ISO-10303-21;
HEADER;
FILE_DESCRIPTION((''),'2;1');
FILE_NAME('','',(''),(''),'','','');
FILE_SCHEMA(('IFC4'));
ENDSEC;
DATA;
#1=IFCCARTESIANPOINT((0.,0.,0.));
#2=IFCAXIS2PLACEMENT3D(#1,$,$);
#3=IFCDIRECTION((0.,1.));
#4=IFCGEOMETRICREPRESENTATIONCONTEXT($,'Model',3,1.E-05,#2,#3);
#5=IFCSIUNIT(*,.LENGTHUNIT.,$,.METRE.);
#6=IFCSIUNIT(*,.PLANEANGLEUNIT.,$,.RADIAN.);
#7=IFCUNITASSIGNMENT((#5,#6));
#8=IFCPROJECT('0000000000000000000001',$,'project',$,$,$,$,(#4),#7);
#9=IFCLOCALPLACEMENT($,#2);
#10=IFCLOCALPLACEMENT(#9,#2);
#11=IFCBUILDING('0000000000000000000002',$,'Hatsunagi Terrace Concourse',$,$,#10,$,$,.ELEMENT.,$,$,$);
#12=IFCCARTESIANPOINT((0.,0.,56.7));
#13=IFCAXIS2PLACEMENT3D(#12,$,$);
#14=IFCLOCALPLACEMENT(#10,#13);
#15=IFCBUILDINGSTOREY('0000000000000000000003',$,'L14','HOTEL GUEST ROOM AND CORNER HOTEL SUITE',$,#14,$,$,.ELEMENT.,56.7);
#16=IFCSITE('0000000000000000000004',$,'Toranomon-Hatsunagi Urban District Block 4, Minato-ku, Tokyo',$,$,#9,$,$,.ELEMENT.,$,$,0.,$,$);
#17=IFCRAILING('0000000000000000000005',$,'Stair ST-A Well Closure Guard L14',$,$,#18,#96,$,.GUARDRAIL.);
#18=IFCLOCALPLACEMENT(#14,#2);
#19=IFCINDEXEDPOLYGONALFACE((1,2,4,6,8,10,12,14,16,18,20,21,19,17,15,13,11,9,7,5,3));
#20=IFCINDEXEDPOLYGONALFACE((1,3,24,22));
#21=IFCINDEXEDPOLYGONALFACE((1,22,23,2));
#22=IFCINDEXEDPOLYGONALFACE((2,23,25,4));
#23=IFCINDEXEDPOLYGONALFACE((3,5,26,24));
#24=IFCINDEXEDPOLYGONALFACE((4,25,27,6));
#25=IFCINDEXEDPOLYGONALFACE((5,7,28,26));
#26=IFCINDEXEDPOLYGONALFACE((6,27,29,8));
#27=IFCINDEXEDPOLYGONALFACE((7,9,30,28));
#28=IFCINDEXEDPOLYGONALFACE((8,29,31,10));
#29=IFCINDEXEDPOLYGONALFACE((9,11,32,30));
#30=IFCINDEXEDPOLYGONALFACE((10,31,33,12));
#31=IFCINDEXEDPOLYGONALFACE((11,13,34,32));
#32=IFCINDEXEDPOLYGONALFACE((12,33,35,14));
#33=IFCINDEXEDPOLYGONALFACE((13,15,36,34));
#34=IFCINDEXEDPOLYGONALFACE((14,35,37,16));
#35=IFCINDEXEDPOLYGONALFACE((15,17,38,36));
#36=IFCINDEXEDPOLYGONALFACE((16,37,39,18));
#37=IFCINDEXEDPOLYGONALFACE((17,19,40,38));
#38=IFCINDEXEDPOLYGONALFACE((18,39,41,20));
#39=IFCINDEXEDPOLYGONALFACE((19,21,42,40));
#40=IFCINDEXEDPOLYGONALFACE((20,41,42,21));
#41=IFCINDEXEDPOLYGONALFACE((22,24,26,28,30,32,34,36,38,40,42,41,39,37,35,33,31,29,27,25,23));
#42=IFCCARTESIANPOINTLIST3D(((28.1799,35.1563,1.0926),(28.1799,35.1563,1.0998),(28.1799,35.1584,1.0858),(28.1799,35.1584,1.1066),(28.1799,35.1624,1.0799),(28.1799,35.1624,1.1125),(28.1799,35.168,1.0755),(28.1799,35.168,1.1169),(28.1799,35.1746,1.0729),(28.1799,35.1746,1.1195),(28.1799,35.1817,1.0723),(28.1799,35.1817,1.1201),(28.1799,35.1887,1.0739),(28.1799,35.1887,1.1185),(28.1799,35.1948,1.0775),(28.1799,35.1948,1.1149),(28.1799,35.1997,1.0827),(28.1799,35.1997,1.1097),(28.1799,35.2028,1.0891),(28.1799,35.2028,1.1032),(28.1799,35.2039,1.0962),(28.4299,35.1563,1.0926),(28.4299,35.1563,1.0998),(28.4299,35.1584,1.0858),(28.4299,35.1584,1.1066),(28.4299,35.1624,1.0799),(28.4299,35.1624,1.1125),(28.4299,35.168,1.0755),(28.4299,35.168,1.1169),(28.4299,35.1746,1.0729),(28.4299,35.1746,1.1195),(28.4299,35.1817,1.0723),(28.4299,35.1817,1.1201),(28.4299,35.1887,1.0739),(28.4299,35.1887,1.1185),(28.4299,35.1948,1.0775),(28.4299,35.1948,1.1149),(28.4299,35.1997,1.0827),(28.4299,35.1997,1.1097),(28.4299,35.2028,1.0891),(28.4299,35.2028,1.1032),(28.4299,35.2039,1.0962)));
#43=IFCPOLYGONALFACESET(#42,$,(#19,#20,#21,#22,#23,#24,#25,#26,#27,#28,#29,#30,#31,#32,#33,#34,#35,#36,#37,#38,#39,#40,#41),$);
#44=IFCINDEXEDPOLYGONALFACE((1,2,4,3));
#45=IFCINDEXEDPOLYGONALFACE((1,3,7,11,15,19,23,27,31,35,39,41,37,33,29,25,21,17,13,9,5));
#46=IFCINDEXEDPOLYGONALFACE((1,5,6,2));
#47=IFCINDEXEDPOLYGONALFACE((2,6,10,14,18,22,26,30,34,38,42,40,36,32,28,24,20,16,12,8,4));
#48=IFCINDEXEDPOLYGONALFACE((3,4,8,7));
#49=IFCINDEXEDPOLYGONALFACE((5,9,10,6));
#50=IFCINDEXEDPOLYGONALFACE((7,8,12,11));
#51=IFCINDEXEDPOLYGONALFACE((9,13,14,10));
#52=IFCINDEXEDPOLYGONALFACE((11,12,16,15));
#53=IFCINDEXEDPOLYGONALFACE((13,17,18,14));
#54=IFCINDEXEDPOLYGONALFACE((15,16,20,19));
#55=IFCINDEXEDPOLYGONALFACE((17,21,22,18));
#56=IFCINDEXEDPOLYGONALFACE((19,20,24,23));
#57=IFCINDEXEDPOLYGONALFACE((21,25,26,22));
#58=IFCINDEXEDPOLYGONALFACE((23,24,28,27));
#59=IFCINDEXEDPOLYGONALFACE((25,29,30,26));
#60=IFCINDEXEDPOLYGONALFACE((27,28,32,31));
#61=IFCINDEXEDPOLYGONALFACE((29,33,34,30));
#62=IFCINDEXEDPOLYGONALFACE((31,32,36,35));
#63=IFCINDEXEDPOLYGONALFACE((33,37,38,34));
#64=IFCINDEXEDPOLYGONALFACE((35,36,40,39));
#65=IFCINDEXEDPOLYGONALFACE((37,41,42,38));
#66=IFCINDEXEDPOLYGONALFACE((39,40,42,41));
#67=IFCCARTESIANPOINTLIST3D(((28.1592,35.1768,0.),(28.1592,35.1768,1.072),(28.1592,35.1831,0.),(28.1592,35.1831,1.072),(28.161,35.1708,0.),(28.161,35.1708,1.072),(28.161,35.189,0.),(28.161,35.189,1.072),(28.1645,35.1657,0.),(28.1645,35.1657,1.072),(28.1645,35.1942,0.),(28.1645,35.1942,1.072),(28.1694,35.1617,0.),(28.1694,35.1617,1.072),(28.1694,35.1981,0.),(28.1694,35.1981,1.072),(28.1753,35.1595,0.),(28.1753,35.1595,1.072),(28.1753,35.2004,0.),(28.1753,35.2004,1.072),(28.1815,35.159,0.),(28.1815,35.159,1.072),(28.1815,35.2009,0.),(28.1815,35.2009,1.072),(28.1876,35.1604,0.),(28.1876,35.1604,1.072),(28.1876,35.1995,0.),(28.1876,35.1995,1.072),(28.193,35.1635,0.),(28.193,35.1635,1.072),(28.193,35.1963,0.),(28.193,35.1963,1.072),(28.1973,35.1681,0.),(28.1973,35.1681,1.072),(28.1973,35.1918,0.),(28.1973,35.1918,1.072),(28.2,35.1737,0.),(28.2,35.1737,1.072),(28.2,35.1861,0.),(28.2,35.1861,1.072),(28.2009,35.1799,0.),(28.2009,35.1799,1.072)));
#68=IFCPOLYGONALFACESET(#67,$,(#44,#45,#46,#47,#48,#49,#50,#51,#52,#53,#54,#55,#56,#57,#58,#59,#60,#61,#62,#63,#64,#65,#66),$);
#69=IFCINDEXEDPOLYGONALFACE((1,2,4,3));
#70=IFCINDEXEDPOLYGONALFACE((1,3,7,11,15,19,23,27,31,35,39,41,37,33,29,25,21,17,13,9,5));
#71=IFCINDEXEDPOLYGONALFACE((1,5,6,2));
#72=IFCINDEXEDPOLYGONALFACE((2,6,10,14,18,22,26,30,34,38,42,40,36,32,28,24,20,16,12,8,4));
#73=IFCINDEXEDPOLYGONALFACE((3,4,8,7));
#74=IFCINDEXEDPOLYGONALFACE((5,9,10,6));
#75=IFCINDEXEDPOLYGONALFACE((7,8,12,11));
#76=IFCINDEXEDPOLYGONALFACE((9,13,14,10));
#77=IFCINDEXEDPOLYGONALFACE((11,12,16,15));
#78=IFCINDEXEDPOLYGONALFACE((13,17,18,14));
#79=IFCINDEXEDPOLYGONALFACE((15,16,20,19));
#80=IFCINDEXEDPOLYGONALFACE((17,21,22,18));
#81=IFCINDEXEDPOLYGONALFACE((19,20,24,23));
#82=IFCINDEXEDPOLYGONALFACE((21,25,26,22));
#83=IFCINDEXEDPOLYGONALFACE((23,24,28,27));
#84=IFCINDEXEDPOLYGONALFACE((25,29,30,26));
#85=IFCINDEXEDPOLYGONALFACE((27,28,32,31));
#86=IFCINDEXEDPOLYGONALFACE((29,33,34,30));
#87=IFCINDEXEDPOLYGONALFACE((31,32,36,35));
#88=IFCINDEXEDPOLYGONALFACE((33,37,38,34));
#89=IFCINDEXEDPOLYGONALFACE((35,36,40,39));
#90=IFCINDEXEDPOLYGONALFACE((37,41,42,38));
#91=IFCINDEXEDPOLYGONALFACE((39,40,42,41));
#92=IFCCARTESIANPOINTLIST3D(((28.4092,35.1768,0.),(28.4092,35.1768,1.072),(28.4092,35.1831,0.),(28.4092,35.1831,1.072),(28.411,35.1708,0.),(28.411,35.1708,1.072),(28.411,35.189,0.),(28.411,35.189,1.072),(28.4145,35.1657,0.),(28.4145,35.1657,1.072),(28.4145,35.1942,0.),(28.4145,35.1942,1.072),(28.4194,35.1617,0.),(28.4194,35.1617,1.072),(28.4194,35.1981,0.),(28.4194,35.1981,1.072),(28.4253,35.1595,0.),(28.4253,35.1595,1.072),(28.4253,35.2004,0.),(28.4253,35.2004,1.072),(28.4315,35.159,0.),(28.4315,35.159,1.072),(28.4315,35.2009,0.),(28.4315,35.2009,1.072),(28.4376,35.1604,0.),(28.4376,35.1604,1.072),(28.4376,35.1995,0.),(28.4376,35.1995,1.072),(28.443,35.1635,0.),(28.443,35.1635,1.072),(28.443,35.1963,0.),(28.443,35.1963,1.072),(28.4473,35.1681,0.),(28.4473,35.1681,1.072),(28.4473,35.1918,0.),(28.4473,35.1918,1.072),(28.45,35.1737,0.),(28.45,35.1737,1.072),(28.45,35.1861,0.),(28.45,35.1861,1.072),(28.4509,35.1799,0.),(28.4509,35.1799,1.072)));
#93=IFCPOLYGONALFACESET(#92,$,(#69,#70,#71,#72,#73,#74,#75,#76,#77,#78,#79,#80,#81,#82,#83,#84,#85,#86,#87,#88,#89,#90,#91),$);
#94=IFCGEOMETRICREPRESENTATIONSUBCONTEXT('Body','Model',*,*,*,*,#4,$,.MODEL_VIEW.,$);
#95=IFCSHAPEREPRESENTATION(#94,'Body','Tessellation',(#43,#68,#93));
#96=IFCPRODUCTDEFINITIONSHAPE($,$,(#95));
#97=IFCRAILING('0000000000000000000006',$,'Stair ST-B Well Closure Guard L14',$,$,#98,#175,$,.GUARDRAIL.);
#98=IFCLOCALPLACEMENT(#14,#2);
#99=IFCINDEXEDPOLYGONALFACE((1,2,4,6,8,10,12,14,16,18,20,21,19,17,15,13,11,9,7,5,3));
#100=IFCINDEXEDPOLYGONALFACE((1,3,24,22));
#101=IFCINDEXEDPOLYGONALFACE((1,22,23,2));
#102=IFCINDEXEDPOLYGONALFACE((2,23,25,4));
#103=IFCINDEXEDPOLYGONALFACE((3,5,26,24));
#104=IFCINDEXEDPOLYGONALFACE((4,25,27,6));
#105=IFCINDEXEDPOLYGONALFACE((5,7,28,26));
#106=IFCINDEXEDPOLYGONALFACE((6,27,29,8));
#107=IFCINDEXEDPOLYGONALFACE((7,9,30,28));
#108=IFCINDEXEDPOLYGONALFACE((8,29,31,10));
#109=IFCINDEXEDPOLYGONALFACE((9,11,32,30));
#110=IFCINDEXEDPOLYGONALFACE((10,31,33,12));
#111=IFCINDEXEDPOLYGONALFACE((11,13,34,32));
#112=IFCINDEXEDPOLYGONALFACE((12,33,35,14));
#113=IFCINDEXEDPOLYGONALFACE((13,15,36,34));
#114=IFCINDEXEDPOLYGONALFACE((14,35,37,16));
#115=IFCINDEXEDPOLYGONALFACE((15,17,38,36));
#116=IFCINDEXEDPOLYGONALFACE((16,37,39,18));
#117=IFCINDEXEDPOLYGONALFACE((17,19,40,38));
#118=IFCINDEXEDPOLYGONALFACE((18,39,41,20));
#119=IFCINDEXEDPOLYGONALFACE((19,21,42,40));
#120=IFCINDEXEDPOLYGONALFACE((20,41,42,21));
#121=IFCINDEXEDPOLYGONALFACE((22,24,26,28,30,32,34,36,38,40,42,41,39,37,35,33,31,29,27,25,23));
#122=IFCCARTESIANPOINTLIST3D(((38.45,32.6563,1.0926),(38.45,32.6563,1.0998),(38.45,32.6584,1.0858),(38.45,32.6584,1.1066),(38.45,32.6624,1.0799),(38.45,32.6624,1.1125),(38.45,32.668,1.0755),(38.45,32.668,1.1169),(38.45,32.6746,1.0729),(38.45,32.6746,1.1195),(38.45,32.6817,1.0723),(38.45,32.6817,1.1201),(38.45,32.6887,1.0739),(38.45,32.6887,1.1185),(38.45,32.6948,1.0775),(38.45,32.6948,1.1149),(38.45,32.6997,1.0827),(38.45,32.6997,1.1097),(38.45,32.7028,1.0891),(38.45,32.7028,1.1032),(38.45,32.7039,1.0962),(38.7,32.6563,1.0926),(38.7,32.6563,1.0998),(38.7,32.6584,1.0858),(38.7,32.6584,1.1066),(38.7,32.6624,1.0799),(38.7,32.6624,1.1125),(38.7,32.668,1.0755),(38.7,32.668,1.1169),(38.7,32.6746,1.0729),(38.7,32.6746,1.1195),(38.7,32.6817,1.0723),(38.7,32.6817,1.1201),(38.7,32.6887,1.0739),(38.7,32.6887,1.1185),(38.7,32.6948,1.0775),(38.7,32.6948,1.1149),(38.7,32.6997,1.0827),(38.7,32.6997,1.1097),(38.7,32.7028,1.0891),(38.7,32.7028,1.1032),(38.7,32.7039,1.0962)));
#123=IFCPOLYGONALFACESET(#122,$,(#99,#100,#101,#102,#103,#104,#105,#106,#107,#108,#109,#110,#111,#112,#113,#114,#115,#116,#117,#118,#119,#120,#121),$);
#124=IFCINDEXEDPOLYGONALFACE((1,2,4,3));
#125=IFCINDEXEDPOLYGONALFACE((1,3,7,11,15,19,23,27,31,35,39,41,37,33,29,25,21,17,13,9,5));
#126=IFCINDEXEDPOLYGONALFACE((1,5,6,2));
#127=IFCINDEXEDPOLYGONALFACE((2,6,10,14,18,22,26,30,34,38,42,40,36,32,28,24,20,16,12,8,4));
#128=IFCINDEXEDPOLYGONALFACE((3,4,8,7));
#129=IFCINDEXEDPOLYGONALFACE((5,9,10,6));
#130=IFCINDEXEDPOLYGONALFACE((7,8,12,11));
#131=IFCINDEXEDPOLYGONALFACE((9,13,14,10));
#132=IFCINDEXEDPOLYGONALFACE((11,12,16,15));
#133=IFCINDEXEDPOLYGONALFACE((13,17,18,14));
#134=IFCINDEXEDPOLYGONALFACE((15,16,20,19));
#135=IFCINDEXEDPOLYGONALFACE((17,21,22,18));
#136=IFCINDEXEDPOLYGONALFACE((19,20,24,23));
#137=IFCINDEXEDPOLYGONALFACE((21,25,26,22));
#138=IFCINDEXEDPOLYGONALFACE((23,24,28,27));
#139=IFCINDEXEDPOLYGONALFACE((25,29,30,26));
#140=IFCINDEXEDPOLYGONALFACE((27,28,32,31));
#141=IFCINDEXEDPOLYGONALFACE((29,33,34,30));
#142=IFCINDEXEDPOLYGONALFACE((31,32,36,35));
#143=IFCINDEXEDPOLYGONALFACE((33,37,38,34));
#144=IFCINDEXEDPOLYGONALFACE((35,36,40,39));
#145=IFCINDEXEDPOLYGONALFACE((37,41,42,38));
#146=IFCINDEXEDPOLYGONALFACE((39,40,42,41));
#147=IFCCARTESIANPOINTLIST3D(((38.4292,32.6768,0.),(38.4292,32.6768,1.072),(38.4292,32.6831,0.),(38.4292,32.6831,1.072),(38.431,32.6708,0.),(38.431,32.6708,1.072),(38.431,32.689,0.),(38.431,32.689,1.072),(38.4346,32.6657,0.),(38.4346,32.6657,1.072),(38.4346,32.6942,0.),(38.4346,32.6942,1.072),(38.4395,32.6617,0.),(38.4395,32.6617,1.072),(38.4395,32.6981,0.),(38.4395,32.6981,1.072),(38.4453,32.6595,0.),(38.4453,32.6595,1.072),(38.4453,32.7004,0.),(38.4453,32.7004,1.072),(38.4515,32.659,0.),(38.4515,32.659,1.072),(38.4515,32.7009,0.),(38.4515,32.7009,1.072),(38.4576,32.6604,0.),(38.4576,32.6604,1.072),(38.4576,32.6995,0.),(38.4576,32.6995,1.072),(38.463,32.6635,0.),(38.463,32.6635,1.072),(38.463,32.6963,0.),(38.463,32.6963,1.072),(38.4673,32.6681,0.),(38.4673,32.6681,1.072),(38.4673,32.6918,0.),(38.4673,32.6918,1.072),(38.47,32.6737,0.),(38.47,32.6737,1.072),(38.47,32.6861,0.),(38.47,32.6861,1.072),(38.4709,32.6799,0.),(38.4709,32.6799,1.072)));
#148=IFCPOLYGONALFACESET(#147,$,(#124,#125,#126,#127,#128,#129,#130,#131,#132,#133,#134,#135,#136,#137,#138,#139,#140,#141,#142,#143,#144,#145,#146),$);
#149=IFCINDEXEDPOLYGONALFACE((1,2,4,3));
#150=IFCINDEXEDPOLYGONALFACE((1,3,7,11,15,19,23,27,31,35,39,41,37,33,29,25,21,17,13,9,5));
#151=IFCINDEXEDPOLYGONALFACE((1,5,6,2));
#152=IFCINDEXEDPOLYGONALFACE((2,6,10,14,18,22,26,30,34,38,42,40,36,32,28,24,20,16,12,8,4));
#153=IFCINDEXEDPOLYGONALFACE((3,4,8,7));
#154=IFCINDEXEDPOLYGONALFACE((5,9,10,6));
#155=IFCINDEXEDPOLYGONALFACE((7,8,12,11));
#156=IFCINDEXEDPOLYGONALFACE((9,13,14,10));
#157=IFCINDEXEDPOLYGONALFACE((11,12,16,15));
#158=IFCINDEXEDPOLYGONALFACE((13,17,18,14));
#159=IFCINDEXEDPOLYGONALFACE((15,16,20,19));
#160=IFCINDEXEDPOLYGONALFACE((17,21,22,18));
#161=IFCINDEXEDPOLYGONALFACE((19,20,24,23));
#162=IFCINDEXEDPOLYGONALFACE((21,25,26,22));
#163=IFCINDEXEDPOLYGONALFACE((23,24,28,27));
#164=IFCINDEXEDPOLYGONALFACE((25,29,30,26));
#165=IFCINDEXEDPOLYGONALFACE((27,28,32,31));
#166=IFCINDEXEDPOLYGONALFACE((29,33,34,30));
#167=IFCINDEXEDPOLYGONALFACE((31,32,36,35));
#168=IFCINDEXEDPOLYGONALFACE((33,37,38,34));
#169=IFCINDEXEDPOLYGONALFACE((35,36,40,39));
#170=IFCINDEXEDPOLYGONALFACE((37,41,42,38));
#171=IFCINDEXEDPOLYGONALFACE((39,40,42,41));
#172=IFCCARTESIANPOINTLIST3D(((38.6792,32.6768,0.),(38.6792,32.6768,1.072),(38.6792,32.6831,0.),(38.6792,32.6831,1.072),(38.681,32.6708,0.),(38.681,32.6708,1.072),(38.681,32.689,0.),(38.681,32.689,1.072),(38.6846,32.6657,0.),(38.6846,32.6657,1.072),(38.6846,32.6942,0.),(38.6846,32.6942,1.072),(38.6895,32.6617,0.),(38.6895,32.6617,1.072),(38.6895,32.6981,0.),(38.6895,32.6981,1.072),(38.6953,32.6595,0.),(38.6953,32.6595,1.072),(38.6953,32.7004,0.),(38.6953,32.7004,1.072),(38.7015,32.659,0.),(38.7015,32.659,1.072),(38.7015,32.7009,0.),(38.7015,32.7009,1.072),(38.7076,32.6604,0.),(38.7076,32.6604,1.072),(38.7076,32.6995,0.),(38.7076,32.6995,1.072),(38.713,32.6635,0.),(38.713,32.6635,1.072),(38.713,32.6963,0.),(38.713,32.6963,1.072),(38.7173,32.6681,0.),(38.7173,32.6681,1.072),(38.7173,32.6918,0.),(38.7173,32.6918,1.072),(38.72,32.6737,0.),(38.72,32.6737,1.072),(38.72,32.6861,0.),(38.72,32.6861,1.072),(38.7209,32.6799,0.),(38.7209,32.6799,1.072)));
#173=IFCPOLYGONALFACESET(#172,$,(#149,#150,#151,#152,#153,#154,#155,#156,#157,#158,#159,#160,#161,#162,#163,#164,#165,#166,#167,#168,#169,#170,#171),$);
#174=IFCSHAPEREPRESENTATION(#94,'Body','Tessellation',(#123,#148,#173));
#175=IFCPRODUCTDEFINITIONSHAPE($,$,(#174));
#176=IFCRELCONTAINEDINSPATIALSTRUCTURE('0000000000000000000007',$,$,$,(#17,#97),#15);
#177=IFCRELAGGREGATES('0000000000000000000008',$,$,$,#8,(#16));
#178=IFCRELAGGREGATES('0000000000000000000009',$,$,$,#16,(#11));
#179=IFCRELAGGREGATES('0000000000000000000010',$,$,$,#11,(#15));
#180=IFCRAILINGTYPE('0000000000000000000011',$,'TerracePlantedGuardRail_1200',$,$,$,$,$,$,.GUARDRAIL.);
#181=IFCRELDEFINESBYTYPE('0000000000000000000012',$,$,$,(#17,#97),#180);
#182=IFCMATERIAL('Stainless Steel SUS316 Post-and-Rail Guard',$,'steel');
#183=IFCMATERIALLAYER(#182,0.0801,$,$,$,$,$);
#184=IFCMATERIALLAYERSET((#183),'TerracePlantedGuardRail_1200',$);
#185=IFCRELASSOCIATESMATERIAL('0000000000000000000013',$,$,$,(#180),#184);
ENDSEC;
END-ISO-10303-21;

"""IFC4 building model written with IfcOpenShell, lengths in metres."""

from ifc_helpers import new_model, si_unit, direction, frame, origin, origin_2d, place, context, subcontext, project, spatial, circle, extrude, material, layer, layer_set, type_object, element, save


model = new_model("IFC4")

# Units and contexts
model_context = context("Model", 3, precision=1e-05, world=origin(), true_north=direction((0.0, 1.0)))
body_context = subcontext(model_context, "Body", "Model", "MODEL_VIEW")
ifc_project = project(units=[si_unit("LENGTHUNIT", "METRE"), si_unit("PLANEANGLEUNIT", "RADIAN")], contexts=[model_context])

# Site, building, storey
site_placement = place(None, origin())
site = spatial("IfcSite", under=ifc_project, at=site_placement, Name="Toranomon-Hatsunagi Urban District Block 4, Minato-ku, Tokyo", CompositionType="ELEMENT", RefElevation=0.0)
building_placement = place(site_placement, origin())
building = spatial("IfcBuilding", under=site, at=building_placement, Name="Hatsunagi Terrace Concourse", CompositionType="ELEMENT")
storey_placement = place(building_placement, frame((0.0, 0.0, 56.7)))
storey = spatial("IfcBuildingStorey", under=building, at=storey_placement, Name="L14", Description="HOTEL GUEST ROOM AND CORNER HOTEL SUITE", CompositionType="ELEMENT", Elevation=56.7)

# Railings
ifc_material_1 = material(Name="Stainless Steel SUS316 Post-and-Rail Guard", Category="steel")
ifc_layer_1 = layer(ifc_material_1, 0.0801)
ifc_layer_set_1 = layer_set([ifc_layer_1], Name="TerracePlantedGuardRail_1200")
railing_type_1 = type_object("IfcRailingType", Name="TerracePlantedGuardRail_1200", PredefinedType="GUARDRAIL", material=ifc_layer_set_1)
for number, where, name in (
    (1, (28.1799, 35.1799, 0.0), "Stair ST-A Well Closure Guard L14"),
    (2, (38.45, 32.6799, 0.0), "Stair ST-B Well Closure Guard L14"),
):
    element("IfcRailing", number, at=place(storey_placement, frame(where)), inside=storey, type_object=railing_type_1, Name=name, PredefinedType="GUARDRAIL", context=body_context, shape_type="SweptSolid", body=[
        extrude(circle(Radius=0.0239, at=origin_2d()), frame((0.0, 0.0, 1.0962), z_axis=(1.0, 0.0, 0.0), x_axis=(0.0, 1.0, 0.0)), (0.0, 0.0, 1.0), 0.25),
        extrude(circle(Radius=0.021, at=origin_2d()), origin(), (0.0, 0.0, 1.0), 1.072),
        extrude(circle(Radius=0.021, at=origin_2d()), frame((0.25, 0.0, 0.0)), (0.0, 0.0, 1.0), 1.072),
    ])

save(model, "model.ifc")
